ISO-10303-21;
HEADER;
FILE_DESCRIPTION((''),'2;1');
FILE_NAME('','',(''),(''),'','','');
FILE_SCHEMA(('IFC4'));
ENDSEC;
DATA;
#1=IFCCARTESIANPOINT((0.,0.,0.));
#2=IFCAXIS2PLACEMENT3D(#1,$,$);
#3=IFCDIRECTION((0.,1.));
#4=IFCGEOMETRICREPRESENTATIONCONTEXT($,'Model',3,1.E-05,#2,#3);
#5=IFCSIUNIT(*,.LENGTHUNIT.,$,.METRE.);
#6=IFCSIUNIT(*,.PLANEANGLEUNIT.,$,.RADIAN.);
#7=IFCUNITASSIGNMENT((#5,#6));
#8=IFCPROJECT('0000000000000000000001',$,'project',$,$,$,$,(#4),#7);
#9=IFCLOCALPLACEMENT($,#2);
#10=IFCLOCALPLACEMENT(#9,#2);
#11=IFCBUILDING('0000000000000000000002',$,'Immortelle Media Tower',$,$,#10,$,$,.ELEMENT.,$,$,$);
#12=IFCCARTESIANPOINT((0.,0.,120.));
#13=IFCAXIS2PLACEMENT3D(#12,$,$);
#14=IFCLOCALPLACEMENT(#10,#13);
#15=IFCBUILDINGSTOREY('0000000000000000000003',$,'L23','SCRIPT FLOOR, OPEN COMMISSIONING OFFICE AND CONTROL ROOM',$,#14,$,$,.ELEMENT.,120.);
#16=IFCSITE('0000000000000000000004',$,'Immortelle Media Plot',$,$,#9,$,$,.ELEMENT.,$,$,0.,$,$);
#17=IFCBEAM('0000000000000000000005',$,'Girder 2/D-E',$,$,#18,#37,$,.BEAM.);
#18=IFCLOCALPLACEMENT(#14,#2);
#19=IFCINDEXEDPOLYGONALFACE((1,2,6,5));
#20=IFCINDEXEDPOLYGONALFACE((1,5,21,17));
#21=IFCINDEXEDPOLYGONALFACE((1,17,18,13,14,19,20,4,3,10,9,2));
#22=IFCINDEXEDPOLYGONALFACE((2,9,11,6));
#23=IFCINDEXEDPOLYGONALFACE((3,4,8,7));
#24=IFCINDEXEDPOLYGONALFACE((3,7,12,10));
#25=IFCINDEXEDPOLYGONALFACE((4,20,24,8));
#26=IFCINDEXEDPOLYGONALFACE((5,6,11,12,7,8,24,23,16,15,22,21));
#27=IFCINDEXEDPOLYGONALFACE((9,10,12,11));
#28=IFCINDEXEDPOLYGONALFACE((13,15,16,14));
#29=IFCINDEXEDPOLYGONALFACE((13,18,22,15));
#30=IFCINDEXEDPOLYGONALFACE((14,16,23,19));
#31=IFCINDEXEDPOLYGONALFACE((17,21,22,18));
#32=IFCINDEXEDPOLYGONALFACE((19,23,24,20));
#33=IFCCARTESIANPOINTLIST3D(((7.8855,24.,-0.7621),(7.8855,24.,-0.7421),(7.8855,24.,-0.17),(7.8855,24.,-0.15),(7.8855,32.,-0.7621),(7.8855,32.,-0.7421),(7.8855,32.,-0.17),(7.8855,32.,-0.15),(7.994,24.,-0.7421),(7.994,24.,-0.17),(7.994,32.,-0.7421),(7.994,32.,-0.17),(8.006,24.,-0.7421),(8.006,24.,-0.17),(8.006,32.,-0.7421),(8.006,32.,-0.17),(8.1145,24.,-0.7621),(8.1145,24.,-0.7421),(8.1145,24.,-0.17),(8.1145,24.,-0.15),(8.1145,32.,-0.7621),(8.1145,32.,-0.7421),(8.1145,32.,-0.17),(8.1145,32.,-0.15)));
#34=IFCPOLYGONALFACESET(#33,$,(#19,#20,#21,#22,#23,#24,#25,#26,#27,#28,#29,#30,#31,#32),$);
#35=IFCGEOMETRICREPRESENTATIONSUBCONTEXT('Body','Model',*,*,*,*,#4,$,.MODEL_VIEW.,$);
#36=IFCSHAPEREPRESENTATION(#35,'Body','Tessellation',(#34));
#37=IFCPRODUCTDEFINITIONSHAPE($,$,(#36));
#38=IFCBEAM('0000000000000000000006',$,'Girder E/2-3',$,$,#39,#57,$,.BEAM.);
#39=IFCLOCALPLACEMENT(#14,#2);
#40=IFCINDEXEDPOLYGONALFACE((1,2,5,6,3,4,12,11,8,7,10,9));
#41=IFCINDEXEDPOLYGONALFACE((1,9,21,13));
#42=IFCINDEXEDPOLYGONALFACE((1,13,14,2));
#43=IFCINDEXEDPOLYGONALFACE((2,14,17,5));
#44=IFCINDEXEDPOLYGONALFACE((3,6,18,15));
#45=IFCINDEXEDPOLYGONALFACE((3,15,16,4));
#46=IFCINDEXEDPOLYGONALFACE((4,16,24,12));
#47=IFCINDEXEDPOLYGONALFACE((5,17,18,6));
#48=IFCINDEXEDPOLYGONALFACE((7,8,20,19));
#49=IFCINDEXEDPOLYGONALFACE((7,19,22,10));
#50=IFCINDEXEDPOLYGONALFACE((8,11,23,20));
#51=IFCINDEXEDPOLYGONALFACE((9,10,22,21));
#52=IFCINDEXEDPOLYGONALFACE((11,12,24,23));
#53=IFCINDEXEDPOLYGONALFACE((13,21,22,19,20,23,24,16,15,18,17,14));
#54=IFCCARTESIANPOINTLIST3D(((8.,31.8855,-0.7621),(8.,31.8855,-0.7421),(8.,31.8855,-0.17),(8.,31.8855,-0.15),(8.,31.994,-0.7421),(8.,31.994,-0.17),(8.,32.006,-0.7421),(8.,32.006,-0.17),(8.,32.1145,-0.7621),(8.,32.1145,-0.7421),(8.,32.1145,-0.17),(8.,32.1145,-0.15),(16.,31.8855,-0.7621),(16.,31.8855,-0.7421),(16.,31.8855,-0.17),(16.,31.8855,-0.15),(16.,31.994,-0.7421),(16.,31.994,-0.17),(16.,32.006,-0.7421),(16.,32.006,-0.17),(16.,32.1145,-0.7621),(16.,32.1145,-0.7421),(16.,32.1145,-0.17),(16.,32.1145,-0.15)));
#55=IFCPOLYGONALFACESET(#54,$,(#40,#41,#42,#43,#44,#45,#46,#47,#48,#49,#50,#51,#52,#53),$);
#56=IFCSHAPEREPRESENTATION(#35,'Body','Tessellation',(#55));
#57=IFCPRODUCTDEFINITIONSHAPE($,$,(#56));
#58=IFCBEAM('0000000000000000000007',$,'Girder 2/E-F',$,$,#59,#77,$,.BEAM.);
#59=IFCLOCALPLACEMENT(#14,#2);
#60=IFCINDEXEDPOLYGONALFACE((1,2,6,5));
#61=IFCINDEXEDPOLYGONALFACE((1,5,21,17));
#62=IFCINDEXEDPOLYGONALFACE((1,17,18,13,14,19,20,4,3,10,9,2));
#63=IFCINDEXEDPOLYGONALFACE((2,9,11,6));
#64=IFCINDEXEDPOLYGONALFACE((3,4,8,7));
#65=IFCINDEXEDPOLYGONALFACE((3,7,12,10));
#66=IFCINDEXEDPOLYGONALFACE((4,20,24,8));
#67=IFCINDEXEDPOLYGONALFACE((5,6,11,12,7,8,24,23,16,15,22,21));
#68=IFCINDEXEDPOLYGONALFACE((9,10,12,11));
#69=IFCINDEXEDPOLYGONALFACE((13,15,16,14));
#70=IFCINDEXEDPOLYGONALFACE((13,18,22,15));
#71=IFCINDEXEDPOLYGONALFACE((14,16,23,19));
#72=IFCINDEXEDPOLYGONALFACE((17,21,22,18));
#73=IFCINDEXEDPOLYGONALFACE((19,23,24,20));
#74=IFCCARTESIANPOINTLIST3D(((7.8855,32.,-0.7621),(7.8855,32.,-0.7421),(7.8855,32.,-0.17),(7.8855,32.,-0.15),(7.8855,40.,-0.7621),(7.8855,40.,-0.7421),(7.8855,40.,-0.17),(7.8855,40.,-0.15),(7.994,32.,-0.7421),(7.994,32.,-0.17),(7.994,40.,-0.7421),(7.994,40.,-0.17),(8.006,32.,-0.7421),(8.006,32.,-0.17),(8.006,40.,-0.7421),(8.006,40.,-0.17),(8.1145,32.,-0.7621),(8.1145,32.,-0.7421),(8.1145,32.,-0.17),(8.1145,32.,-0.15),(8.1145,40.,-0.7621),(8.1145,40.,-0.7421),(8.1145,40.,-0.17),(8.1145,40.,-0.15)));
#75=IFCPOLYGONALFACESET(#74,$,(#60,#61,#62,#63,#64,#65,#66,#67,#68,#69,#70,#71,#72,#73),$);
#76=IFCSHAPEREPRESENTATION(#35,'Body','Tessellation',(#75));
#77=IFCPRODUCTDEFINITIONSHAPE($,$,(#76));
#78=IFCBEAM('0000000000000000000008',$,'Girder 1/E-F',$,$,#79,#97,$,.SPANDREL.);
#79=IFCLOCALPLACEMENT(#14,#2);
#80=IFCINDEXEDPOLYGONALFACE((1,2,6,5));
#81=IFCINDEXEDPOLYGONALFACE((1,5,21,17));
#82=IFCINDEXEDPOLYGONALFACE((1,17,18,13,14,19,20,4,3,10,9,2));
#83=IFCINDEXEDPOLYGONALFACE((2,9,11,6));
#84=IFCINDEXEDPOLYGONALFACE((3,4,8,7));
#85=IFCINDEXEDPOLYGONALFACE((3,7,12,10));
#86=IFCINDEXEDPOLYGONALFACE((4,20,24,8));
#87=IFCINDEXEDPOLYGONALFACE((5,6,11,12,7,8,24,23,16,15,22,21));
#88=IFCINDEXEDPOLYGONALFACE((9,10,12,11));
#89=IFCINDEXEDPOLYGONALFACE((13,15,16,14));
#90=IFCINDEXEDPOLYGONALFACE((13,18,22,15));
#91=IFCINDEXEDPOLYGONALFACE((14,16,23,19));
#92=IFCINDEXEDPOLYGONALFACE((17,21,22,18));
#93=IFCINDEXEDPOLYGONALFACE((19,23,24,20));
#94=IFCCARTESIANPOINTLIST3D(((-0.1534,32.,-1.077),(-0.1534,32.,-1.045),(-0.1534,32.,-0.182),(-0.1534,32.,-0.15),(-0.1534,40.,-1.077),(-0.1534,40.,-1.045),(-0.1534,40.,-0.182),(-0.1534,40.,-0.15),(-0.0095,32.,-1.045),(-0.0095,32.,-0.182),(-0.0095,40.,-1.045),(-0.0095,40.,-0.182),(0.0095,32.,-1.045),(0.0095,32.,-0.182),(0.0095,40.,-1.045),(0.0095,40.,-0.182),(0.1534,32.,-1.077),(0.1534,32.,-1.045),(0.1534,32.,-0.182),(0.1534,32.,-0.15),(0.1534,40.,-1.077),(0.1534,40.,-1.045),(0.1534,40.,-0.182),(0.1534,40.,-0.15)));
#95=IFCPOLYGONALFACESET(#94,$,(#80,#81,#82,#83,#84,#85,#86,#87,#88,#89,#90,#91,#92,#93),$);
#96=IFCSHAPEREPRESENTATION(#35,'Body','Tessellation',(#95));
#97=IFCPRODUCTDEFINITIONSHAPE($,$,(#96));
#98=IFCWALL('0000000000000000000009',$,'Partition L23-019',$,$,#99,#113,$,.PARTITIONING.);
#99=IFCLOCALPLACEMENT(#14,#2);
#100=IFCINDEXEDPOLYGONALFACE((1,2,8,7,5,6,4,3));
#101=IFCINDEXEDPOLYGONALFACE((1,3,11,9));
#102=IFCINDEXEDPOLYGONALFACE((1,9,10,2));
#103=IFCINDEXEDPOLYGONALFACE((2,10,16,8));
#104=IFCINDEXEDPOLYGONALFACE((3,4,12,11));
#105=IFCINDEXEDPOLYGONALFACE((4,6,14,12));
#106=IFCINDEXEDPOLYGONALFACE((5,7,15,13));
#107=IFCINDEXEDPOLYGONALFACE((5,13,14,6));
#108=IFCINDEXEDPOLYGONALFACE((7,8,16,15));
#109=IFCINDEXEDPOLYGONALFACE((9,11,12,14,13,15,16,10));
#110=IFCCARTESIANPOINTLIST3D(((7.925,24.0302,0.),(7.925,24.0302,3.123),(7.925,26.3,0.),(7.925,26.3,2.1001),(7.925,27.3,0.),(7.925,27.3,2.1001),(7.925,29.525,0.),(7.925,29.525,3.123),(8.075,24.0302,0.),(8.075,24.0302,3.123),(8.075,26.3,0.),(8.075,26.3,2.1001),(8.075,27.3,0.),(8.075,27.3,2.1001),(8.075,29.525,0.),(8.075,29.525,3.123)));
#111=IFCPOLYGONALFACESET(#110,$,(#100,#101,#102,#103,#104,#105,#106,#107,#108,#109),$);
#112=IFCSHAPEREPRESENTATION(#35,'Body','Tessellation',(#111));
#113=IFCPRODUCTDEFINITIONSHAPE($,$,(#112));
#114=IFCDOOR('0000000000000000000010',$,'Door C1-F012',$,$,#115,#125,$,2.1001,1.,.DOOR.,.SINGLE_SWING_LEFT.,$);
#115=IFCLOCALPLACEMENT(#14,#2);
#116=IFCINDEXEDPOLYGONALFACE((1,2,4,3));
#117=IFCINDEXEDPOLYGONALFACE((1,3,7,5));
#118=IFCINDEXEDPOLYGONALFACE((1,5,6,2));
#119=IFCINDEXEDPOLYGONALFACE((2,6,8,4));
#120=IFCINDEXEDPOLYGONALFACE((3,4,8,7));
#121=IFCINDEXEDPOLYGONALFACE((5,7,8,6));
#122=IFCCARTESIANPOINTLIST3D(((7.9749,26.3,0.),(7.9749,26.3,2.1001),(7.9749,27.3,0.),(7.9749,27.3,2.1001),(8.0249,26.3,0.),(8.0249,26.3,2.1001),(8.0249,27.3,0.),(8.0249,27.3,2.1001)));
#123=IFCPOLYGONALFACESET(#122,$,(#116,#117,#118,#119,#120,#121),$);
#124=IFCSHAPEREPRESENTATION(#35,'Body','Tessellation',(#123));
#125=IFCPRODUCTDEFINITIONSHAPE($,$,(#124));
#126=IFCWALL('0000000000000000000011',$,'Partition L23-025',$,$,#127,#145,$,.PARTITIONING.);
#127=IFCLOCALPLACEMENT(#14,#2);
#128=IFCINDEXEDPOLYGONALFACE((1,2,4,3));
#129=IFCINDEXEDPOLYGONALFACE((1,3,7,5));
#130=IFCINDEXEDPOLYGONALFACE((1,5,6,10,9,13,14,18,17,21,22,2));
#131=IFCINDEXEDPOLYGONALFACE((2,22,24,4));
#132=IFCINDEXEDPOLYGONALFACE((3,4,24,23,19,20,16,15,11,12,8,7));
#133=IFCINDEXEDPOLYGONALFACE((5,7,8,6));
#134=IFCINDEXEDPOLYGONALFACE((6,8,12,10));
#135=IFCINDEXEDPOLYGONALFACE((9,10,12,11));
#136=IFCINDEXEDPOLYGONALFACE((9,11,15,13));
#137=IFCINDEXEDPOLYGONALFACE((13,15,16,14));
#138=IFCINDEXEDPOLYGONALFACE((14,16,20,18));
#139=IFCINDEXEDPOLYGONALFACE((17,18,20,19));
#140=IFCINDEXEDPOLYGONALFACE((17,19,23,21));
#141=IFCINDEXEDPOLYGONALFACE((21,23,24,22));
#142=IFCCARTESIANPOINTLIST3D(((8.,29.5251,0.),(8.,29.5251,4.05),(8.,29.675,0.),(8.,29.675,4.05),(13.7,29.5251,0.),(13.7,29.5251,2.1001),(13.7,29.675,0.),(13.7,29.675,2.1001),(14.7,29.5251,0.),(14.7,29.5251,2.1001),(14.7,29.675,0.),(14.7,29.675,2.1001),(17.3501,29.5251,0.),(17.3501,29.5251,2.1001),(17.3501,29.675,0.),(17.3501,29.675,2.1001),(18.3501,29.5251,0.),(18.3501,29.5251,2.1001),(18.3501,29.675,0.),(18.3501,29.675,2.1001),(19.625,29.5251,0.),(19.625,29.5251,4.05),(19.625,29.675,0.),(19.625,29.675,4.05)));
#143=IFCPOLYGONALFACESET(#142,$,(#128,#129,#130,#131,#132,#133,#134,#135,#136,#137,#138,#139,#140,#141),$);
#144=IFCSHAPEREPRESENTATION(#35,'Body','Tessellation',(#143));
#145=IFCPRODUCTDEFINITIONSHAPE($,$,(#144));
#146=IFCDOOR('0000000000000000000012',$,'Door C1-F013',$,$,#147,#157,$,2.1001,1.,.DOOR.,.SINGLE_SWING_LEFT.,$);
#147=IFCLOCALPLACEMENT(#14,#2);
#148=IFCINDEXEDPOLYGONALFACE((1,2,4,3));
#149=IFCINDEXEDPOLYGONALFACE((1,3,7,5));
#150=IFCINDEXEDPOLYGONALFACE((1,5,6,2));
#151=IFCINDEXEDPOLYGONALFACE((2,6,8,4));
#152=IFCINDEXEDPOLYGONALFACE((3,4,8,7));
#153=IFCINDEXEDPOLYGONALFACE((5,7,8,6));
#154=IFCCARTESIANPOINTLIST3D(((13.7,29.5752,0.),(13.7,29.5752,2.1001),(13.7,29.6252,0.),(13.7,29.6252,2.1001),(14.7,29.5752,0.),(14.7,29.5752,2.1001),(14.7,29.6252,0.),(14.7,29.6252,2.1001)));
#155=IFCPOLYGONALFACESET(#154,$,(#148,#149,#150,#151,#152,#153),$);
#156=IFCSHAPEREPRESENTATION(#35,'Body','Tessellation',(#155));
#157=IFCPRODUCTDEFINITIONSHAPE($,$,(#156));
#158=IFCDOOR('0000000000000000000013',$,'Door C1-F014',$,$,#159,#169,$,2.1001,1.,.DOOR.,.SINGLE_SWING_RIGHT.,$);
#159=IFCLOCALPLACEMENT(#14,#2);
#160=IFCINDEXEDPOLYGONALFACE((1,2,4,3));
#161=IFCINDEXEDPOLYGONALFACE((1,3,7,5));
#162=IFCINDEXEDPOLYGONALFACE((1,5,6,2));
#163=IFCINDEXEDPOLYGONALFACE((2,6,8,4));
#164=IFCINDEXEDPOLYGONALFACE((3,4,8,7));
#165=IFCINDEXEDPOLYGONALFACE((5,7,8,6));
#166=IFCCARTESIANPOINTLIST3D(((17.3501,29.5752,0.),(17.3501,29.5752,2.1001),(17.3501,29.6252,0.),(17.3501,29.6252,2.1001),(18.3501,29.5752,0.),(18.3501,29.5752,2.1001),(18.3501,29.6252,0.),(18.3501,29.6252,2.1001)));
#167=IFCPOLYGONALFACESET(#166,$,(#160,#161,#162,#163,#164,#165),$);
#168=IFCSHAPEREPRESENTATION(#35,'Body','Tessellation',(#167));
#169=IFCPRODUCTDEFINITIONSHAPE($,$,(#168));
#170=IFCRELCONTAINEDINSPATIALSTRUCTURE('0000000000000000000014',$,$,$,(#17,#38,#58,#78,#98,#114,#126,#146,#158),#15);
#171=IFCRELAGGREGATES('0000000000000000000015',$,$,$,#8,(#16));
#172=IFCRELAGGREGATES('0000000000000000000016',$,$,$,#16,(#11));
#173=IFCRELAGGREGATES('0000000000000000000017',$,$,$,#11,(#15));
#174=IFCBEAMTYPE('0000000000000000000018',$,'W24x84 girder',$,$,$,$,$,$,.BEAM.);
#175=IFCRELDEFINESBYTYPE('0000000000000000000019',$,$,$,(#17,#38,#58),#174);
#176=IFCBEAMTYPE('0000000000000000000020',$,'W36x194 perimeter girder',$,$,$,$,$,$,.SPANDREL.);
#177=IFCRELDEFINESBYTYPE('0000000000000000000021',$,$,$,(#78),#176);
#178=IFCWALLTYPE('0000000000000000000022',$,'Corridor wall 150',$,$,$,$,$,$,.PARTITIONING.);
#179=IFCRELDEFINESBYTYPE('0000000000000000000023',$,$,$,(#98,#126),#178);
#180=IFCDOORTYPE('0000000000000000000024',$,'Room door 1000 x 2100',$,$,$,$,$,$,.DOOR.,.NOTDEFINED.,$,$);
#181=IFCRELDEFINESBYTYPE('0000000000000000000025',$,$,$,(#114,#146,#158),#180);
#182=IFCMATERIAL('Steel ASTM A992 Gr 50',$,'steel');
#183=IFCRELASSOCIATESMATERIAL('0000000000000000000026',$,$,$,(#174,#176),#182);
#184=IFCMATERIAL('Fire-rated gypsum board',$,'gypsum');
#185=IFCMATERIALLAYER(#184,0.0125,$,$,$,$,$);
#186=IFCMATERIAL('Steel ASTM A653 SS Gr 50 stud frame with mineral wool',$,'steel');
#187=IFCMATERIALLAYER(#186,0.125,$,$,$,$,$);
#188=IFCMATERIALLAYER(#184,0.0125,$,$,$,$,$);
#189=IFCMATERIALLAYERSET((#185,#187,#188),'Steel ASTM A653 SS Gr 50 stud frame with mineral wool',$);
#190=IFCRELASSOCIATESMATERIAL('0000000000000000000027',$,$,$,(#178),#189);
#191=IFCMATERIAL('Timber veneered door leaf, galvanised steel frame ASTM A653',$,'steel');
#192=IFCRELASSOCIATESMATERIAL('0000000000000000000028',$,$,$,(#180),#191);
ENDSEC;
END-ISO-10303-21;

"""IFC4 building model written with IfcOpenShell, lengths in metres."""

from ifc_helpers import new_model, si_unit, direction, frame, frame_2d, origin, origin_2d, place, context, subcontext, project, spatial, rectangle, i_section, extrude, material, layer, layer_set, material_profile, profile_set, type_object, element, fill, save


model = new_model("IFC4")

# Units and contexts
model_context = context("Model", 3, precision=1e-05, world=origin(), true_north=direction((0.0, 1.0)))
body_context = subcontext(model_context, "Body", "Model", "MODEL_VIEW")
ifc_project = project(units=[si_unit("LENGTHUNIT", "METRE"), si_unit("PLANEANGLEUNIT", "RADIAN")], contexts=[model_context])

# Site, building, storey
site_placement = place(None, origin())
site = spatial("IfcSite", under=ifc_project, at=site_placement, Name="Immortelle Media Plot", CompositionType="ELEMENT", RefElevation=0.0)
building_placement = place(site_placement, origin())
building = spatial("IfcBuilding", under=site, at=building_placement, Name="Immortelle Media Tower", CompositionType="ELEMENT")
storey_placement = place(building_placement, frame((0.0, 0.0, 120.0)))
storey = spatial("IfcBuildingStorey", under=building, at=storey_placement, Name="L23", Description="SCRIPT FLOOR, OPEN COMMISSIONING OFFICE AND CONTROL ROOM", CompositionType="ELEMENT", Elevation=120.0)

# Shared definitions
ifc_material_1 = material(Name="Steel ASTM A992 Gr 50", Category="steel")

# Beams
ifc_material_profile_1 = material_profile(ifc_material_1, i_section(OverallWidth=0.229, OverallDepth=0.6121, WebThickness=0.012, FlangeThickness=0.02, at=origin_2d()), Name="W24x84")
ifc_profile_set_1 = profile_set([ifc_material_profile_1], Name="Steel ASTM A992 Gr 50")
beam_type_1 = type_object("IfcBeamType", Name="W24x84 girder", PredefinedType="BEAM", material=ifc_profile_set_1)
for number, where, z_axis, x_axis, name in (
    (1, (8.0, 24.0, -0.4561), (0.0, 1.0, 0.0), (-1.0, 0.0, 0.0), "Girder 2/D-E"),
    (2, (8.0, 32.0, -0.4561), (1.0, 0.0, 0.0), (0.0, 1.0, 0.0), "Girder E/2-3"),
    (3, (8.0, 32.0, -0.4561), (0.0, 1.0, 0.0), (-1.0, 0.0, 0.0), "Girder 2/E-F"),
):
    element("IfcBeam", number, at=place(storey_placement, frame(where, z_axis=z_axis, x_axis=x_axis)), inside=storey, type_object=beam_type_1, Name=name, PredefinedType="BEAM", context=body_context, shape_type="SweptSolid", body=[
        extrude(i_section(OverallWidth=0.229, OverallDepth=0.6121, WebThickness=0.012, FlangeThickness=0.02, at=origin_2d()), origin(), (0.0, 0.0, 1.0), 8.0),
    ])
ifc_material_profile_2 = material_profile(ifc_material_1, i_section(OverallWidth=0.3069, OverallDepth=0.927, WebThickness=0.019, FlangeThickness=0.032, at=origin_2d()), Name="W36x194")
ifc_profile_set_2 = profile_set([ifc_material_profile_2], Name="Steel ASTM A992 Gr 50")
beam_type_2 = type_object("IfcBeamType", Name="W36x194 perimeter girder", PredefinedType="SPANDREL", material=ifc_profile_set_2)
beam_1_placement = place(storey_placement, frame((0.0, 32.0, -0.6135), z_axis=(0.0, 1.0, 0.0), x_axis=(-1.0, 0.0, 0.0)))
element("IfcBeam", 4, at=beam_1_placement, inside=storey, type_object=beam_type_2, Name="Girder 1/E-F", PredefinedType="SPANDREL", context=body_context, shape_type="SweptSolid", body=[
    extrude(i_section(OverallWidth=0.3069, OverallDepth=0.927, WebThickness=0.019, FlangeThickness=0.032, at=origin_2d()), origin(), (0.0, 0.0, 1.0), 8.0),
])

# Wall, opening, door
ifc_material_2 = material(Name="Fire-rated gypsum board", Category="gypsum")
ifc_layer_1 = layer(ifc_material_2, 0.0125)
ifc_material_3 = material(Name="Steel ASTM A653 SS Gr 50 stud frame with mineral wool", Category="steel")
ifc_layer_2 = layer(ifc_material_3, 0.125)
ifc_layer_3 = layer(ifc_material_2, 0.0125)
ifc_layer_set_1 = layer_set([ifc_layer_1, ifc_layer_2, ifc_layer_3], Name="Steel ASTM A653 SS Gr 50 stud frame with mineral wool")
wall_type_1 = type_object("IfcWallType", Name="Corridor wall 150", PredefinedType="PARTITIONING", material=ifc_layer_set_1)
wall_1_placement = place(storey_placement, frame((8.0, 24.03, 0.0), z_axis=(0.0, 0.0, 1.0), x_axis=(0.0, 1.0, 0.0)))
wall_1 = element("IfcWall", 5, at=wall_1_placement, inside=storey, type_object=wall_type_1, Name="Partition L23-019", PredefinedType="PARTITIONING", context=body_context, shape_type="SweptSolid", body=[
    extrude(rectangle(XDim=5.4949, YDim=0.1499, at=frame_2d((2.7476, 0.0))), origin(), (0.0, 0.0, 1.0), 3.123),
])
opening_1_placement = place(wall_1_placement, frame((3.27, 0.0, 0.0), z_axis=(0.0, 0.0, 1.0), x_axis=(-1.0, 0.0, 0.0)))
opening_1 = element("IfcOpeningElement", 6, at=opening_1_placement, cuts=wall_1, PredefinedType="OPENING", context=body_context, shape_type="SweptSolid", body=[
    extrude(rectangle(XDim=1.0, YDim=2.1001, at=frame_2d((0.5, 1.05))), frame((0.0, 0.085, 0.0), z_axis=(0.0, -1.0, 0.0), x_axis=(1.0, 0.0, 0.0)), (0.0, 0.0, 1.0), 0.1699),
])
ifc_material_4 = material(Name="Timber veneered door leaf, galvanised steel frame ASTM A653", Category="steel")
door_type_1 = type_object("IfcDoorType", Name="Room door 1000 x 2100", OperationType="NOTDEFINED", PredefinedType="DOOR", material=ifc_material_4)
door_1_placement = place(opening_1_placement, origin())
door_1 = element("IfcDoor", 7, at=door_1_placement, inside=storey, type_object=door_type_1, Name="Door C1-F012", OperationType="SINGLE_SWING_LEFT", OverallHeight=2.1001, OverallWidth=1.0, PredefinedType="DOOR", context=body_context, shape_type="SweptSolid", body=[
    extrude(rectangle(XDim=1.0, YDim=2.1001, at=frame_2d((0.5, 1.05))), frame((0.0, 0.0249, 0.0), z_axis=(0.0, -1.0, 0.0), x_axis=(1.0, 0.0, 0.0)), (0.0, 0.0, 1.0), 0.05),
])
fill(opening_1, door_1)

# Wall, openings, doors
wall_2_placement = place(storey_placement, frame((8.0, 29.6001, 0.0), z_axis=(0.0, 0.0, 1.0), x_axis=(1.0, 0.0, 0.0)))
wall_2 = element("IfcWall", 8, at=wall_2_placement, inside=storey, type_object=wall_type_1, Name="Partition L23-025", PredefinedType="PARTITIONING", context=body_context, shape_type="SweptSolid", body=[
    extrude(rectangle(XDim=11.625, YDim=0.1499, at=frame_2d((5.8125, 0.0))), origin(), (0.0, 0.0, 1.0), 4.05),
])
opening_2_placement = place(wall_2_placement, frame((6.7, 0.0, 0.0), z_axis=(0.0, 0.0, 1.0), x_axis=(-1.0, 0.0, 0.0)))
opening_2 = element("IfcOpeningElement", 9, at=opening_2_placement, cuts=wall_2, PredefinedType="OPENING", context=body_context, shape_type="SweptSolid", body=[
    extrude(rectangle(XDim=1.0, YDim=2.1001, at=frame_2d((0.5, 1.05))), frame((0.0, 0.085, 0.0), z_axis=(0.0, -1.0, 0.0), x_axis=(1.0, 0.0, 0.0)), (0.0, 0.0, 1.0), 0.1699),
])
opening_3_placement = place(wall_2_placement, frame((10.3501, 0.0, 0.0), z_axis=(0.0, 0.0, 1.0), x_axis=(-1.0, 0.0, 0.0)))
opening_3 = element("IfcOpeningElement", 10, at=opening_3_placement, cuts=wall_2, PredefinedType="OPENING", context=body_context, shape_type="SweptSolid", body=[
    extrude(rectangle(XDim=1.0, YDim=2.1001, at=frame_2d((0.5, 1.05))), frame((0.0, 0.085, 0.0), z_axis=(0.0, -1.0, 0.0), x_axis=(1.0, 0.0, 0.0)), (0.0, 0.0, 1.0), 0.1699),
])
door_2_placement = place(opening_2_placement, origin())
door_2 = element("IfcDoor", 11, at=door_2_placement, inside=storey, type_object=door_type_1, Name="Door C1-F013", OperationType="SINGLE_SWING_LEFT", OverallHeight=2.1001, OverallWidth=1.0, PredefinedType="DOOR", context=body_context, shape_type="SweptSolid", body=[
    extrude(rectangle(XDim=1.0, YDim=2.1001, at=frame_2d((0.5, 1.05))), frame((0.0, 0.0249, 0.0), z_axis=(0.0, -1.0, 0.0), x_axis=(1.0, 0.0, 0.0)), (0.0, 0.0, 1.0), 0.05),
])
fill(opening_2, door_2)
door_3_placement = place(opening_3_placement, origin())
door_3 = element("IfcDoor", 12, at=door_3_placement, inside=storey, type_object=door_type_1, Name="Door C1-F014", OperationType="SINGLE_SWING_RIGHT", OverallHeight=2.1001, OverallWidth=1.0, PredefinedType="DOOR", context=body_context, shape_type="SweptSolid", body=[
    extrude(rectangle(XDim=1.0, YDim=2.1001, at=frame_2d((0.5, 1.05))), frame((0.0, 0.0249, 0.0), z_axis=(0.0, -1.0, 0.0), x_axis=(1.0, 0.0, 0.0)), (0.0, 0.0, 1.0), 0.05),
])
fill(opening_3, door_3)

save(model, "model.ifc")
